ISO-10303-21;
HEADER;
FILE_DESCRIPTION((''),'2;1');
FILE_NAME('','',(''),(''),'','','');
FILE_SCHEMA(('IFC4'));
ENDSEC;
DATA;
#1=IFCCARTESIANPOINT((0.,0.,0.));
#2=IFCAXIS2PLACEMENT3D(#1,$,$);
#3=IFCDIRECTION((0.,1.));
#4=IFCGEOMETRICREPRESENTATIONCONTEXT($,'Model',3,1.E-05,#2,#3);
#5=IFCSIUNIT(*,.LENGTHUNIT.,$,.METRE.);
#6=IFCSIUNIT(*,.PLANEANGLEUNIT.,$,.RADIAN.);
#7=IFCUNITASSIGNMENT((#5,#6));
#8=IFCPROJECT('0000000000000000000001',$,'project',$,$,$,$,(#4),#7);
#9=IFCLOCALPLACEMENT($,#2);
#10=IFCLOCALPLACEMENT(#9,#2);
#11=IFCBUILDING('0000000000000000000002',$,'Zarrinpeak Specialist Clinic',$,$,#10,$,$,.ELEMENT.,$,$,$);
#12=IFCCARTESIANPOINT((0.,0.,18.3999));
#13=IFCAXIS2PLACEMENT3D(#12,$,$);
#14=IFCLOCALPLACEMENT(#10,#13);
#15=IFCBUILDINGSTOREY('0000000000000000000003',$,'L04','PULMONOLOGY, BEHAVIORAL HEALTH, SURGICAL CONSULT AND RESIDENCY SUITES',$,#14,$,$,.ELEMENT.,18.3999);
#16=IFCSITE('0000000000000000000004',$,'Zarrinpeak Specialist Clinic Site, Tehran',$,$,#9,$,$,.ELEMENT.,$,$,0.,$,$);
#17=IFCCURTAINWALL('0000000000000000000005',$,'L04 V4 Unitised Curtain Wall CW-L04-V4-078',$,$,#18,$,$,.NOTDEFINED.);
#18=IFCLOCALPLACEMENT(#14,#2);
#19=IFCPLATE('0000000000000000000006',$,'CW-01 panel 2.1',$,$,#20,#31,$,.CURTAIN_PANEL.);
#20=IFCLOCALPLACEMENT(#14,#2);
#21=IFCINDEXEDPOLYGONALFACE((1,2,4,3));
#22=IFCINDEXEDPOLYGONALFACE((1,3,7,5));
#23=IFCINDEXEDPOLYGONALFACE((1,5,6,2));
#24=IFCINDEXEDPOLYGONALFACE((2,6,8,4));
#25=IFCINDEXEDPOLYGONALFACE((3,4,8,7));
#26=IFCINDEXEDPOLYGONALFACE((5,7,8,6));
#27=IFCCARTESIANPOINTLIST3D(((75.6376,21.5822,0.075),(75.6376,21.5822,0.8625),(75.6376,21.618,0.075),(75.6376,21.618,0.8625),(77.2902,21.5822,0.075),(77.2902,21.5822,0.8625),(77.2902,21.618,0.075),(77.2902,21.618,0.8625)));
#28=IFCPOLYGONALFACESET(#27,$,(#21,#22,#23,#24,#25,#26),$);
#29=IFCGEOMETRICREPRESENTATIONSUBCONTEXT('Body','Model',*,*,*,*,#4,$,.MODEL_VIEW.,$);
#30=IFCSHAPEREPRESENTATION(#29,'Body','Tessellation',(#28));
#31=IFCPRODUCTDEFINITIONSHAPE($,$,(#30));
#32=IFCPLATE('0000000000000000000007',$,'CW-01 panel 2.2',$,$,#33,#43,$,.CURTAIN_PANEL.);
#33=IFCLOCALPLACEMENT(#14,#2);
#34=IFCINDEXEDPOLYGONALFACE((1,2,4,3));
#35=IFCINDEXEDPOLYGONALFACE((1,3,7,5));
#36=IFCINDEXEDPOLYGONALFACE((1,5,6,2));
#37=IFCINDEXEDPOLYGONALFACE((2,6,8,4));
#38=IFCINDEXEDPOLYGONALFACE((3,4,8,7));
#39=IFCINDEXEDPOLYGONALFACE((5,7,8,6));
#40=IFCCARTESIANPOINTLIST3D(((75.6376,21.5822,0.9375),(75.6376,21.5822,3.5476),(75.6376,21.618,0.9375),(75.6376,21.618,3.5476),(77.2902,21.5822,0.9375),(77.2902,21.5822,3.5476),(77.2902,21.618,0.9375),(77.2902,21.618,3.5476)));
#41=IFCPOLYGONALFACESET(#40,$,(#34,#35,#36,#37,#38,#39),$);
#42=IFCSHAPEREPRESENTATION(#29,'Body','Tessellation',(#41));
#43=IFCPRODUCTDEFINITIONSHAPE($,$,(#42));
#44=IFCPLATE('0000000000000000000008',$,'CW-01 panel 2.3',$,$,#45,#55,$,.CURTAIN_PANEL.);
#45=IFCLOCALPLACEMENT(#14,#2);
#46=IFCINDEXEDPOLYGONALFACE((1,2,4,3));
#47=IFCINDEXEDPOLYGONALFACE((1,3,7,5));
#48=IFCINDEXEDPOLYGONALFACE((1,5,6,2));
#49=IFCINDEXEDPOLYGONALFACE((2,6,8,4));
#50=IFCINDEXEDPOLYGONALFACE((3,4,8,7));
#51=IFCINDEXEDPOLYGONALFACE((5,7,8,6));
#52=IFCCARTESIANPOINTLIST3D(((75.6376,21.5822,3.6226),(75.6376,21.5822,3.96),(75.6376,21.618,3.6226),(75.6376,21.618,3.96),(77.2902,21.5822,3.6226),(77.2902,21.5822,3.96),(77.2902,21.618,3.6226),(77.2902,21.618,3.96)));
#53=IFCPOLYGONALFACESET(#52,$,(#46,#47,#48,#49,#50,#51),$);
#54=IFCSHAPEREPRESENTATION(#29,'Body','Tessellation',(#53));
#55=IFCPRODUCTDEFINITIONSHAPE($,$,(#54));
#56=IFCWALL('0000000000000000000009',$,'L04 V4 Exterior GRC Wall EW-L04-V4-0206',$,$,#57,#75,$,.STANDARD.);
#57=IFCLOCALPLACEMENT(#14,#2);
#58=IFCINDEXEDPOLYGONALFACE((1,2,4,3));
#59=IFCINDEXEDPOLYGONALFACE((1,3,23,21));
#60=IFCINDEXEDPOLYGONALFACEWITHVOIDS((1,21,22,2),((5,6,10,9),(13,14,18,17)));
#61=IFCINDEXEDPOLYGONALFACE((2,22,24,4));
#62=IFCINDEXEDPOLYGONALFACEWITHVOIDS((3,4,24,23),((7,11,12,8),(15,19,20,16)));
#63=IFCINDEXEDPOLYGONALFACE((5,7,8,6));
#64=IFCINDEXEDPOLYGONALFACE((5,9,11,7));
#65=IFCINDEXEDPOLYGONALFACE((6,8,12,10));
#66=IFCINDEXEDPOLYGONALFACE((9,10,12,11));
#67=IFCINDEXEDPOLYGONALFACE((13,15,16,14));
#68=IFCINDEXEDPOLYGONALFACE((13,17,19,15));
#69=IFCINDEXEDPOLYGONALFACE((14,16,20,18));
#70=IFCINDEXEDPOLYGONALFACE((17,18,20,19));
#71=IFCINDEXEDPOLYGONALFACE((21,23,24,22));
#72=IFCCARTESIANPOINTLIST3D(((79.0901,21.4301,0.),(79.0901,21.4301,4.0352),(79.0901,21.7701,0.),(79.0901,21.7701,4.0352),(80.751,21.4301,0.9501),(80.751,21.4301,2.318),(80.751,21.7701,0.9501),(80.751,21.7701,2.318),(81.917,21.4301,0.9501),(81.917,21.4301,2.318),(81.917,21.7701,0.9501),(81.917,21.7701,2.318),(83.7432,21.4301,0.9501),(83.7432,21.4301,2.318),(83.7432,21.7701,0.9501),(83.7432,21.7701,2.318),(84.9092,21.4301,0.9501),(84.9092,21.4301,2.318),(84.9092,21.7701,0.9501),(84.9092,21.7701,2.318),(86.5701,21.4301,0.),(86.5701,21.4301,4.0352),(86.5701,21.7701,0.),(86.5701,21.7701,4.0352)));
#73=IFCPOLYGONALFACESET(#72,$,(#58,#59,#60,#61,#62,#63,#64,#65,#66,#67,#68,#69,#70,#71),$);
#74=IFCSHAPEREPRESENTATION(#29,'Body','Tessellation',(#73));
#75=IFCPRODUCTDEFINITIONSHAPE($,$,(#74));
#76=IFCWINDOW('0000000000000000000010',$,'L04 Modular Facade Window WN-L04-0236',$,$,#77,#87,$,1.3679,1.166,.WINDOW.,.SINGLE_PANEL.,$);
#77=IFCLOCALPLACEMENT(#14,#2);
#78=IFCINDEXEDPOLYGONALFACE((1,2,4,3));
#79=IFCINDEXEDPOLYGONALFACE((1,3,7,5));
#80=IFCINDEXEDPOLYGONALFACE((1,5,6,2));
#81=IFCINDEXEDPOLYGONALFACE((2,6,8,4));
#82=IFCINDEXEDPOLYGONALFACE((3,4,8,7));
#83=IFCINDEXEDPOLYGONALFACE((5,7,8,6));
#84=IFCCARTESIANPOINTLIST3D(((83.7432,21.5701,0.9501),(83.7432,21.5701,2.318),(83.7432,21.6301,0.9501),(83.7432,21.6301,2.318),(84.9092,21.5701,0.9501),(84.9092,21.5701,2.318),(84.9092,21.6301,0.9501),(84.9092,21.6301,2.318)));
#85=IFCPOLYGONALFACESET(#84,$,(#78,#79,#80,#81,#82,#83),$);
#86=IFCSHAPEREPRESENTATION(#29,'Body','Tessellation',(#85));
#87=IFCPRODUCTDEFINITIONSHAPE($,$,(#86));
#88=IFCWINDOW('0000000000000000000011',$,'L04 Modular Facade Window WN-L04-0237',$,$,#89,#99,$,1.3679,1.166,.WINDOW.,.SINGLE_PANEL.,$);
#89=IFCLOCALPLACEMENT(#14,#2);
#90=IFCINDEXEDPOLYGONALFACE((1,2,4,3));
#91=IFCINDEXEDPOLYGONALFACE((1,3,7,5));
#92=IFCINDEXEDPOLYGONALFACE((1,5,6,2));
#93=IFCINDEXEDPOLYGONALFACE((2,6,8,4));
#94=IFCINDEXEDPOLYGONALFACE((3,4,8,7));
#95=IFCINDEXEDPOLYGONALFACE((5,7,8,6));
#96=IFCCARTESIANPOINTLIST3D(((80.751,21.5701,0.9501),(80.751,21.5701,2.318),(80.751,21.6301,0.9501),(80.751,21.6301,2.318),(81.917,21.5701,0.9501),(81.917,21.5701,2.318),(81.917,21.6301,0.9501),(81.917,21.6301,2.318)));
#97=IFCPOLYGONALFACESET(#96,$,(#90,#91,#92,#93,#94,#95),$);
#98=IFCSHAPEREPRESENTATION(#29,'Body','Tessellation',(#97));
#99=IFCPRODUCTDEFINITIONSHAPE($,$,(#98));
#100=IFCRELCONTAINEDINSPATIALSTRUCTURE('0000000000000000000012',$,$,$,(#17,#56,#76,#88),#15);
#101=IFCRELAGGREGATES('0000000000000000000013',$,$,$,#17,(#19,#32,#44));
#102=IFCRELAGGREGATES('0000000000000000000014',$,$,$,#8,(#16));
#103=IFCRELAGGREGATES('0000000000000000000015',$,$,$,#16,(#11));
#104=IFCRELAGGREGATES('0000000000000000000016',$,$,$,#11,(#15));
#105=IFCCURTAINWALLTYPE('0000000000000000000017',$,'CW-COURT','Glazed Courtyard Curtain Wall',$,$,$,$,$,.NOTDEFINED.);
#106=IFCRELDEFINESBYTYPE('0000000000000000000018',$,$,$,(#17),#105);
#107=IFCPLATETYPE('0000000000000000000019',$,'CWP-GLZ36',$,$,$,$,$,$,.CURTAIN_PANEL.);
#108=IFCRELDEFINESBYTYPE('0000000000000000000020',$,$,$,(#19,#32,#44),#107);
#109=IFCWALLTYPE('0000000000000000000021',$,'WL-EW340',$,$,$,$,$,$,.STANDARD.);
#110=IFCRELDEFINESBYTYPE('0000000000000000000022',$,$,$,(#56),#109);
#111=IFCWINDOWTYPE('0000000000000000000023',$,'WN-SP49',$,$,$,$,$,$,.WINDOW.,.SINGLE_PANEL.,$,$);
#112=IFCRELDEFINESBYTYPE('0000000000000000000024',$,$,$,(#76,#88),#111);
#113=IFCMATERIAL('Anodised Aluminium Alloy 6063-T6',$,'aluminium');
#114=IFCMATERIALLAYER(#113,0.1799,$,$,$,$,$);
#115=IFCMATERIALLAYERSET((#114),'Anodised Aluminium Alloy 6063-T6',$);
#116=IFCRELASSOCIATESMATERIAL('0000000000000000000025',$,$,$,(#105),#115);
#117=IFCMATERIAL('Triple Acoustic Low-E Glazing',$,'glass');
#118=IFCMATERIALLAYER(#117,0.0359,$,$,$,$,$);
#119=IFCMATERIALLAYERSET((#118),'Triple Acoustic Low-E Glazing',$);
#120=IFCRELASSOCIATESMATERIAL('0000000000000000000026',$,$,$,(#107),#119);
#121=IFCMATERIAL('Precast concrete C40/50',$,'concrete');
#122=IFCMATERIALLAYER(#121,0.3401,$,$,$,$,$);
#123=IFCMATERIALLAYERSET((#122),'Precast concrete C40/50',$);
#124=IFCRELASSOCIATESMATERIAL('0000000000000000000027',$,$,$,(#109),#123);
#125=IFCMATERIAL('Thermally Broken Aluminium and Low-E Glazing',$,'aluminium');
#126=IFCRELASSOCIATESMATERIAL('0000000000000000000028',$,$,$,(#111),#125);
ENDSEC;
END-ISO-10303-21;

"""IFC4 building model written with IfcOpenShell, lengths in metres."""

from ifc_helpers import new_model, si_unit, direction, frame, frame_2d, origin, origin_2d, place, context, subcontext, project, spatial, rectangle, extrude, material, layer, layer_set, type_object, element, fill, aggregate, save


model = new_model("IFC4")

# Units and contexts
model_context = context("Model", 3, precision=1e-05, world=origin(), true_north=direction((0.0, 1.0)))
body_context = subcontext(model_context, "Body", "Model", "MODEL_VIEW")
ifc_project = project(units=[si_unit("LENGTHUNIT", "METRE"), si_unit("PLANEANGLEUNIT", "RADIAN")], contexts=[model_context])

# Site, building, storey
site_placement = place(None, origin())
site = spatial("IfcSite", under=ifc_project, at=site_placement, Name="Zarrinpeak Specialist Clinic Site, Tehran", CompositionType="ELEMENT", RefElevation=0.0)
building_placement = place(site_placement, origin())
building = spatial("IfcBuilding", under=site, at=building_placement, Name="Zarrinpeak Specialist Clinic", CompositionType="ELEMENT")
storey_placement = place(building_placement, frame((0.0, 0.0, 18.3999)))
storey = spatial("IfcBuildingStorey", under=building, at=storey_placement, Name="L04", Description="PULMONOLOGY, BEHAVIORAL HEALTH, SURGICAL CONSULT AND RESIDENCY SUITES", CompositionType="ELEMENT", Elevation=18.3999)

# Curtain wall, plates
ifc_material_1 = material(Name="Anodised Aluminium Alloy 6063-T6", Category="aluminium")
ifc_layer_1 = layer(ifc_material_1, 0.1799)
ifc_layer_set_1 = layer_set([ifc_layer_1], Name="Anodised Aluminium Alloy 6063-T6")
curtain_wall_type = type_object("IfcCurtainWallType", Name="CW-COURT", Description="Glazed Courtyard Curtain Wall", PredefinedType="NOTDEFINED", material=ifc_layer_set_1)
curtain_wall_placement = place(storey_placement, origin())
curtain_wall = element("IfcCurtainWall", 1, at=curtain_wall_placement, inside=storey, type_object=curtain_wall_type, Name="L04 V4 Unitised Curtain Wall CW-L04-V4-078", PredefinedType="NOTDEFINED")
ifc_material_2 = material(Name="Triple Acoustic Low-E Glazing", Category="glass")
ifc_layer_2 = layer(ifc_material_2, 0.0359)
ifc_layer_set_2 = layer_set([ifc_layer_2], Name="Triple Acoustic Low-E Glazing")
plate_type = type_object("IfcPlateType", Name="CWP-GLZ36", PredefinedType="CURTAIN_PANEL", material=ifc_layer_set_2)
plate_1_placement = place(storey_placement, frame((76.4639, 21.6001, 0.075), z_axis=(0.0, 0.0, 1.0), x_axis=(-1.0, 0.0, 0.0)))
plate_1 = element("IfcPlate", 2, at=plate_1_placement, type_object=plate_type, Name="CW-01 panel 2.1", PredefinedType="CURTAIN_PANEL", context=body_context, shape_type="SweptSolid", body=[
    extrude(rectangle(XDim=1.6526, YDim=0.0359, at=origin_2d()), origin(), (0.0, 0.0, 1.0), 0.7876),
])
plate_2_placement = place(storey_placement, frame((76.4639, 21.6001, 0.9375), z_axis=(0.0, 0.0, 1.0), x_axis=(-1.0, 0.0, 0.0)))
plate_2 = element("IfcPlate", 3, at=plate_2_placement, type_object=plate_type, Name="CW-01 panel 2.2", PredefinedType="CURTAIN_PANEL", context=body_context, shape_type="SweptSolid", body=[
    extrude(rectangle(XDim=1.6526, YDim=0.0359, at=origin_2d()), origin(), (0.0, 0.0, 1.0), 2.6101),
])
plate_3_placement = place(storey_placement, frame((76.4639, 21.6001, 3.6226), z_axis=(0.0, 0.0, 1.0), x_axis=(-1.0, 0.0, 0.0)))
plate_3 = element("IfcPlate", 4, at=plate_3_placement, type_object=plate_type, Name="CW-01 panel 2.3", PredefinedType="CURTAIN_PANEL", context=body_context, shape_type="SweptSolid", body=[
    extrude(rectangle(XDim=1.6526, YDim=0.0359, at=origin_2d()), origin(), (0.0, 0.0, 1.0), 0.3374),
])
aggregate(curtain_wall, [plate_1, plate_2, plate_3])

# Wall, openings, windows
ifc_material_3 = material(Name="Precast concrete C40/50", Category="concrete")
ifc_layer_3 = layer(ifc_material_3, 0.3401)
ifc_layer_set_3 = layer_set([ifc_layer_3], Name="Precast concrete C40/50")
wall_type = type_object("IfcWallType", Name="WL-EW340", PredefinedType="STANDARD", material=ifc_layer_set_3)
wall_placement = place(storey_placement, frame((86.5701, 21.6001, 0.0), z_axis=(0.0, 0.0, 1.0), x_axis=(-1.0, 0.0, 0.0)))
wall = element("IfcWall", 5, at=wall_placement, inside=storey, type_object=wall_type, Name="L04 V4 Exterior GRC Wall EW-L04-V4-0206", PredefinedType="STANDARD", context=body_context, shape_type="SweptSolid", body=[
    extrude(rectangle(XDim=7.48, YDim=0.3401, at=frame_2d((3.74, 0.0))), origin(), (0.0, 0.0, 1.0), 4.0352),
])
opening_1_placement = place(wall_placement, frame((1.6609, 0.0, 0.95)))
opening_1 = element("IfcOpeningElement", 6, at=opening_1_placement, cuts=wall, PredefinedType="OPENING", context=body_context, shape_type="SweptSolid", body=[
    extrude(rectangle(XDim=1.166, YDim=1.3679, at=frame_2d((0.583, 0.6841))), frame((0.0, 0.1802, 0.0), z_axis=(0.0, -1.0, 0.0), x_axis=(1.0, 0.0, 0.0)), (0.0, 0.0, 1.0), 0.3601),
])
opening_2_placement = place(wall_placement, frame((4.6531, 0.0, 0.95)))
opening_2 = element("IfcOpeningElement", 7, at=opening_2_placement, cuts=wall, PredefinedType="OPENING", context=body_context, shape_type="SweptSolid", body=[
    extrude(rectangle(XDim=1.166, YDim=1.3679, at=frame_2d((0.583, 0.6841))), frame((0.0, 0.1802, 0.0), z_axis=(0.0, -1.0, 0.0), x_axis=(1.0, 0.0, 0.0)), (0.0, 0.0, 1.0), 0.3601),
])
ifc_material_4 = material(Name="Thermally Broken Aluminium and Low-E Glazing", Category="aluminium")
window_type = type_object("IfcWindowType", Name="WN-SP49", PartitioningType="SINGLE_PANEL", PredefinedType="WINDOW", material=ifc_material_4)
window_1_placement = place(opening_1_placement, origin())
window_1 = element("IfcWindow", 8, at=window_1_placement, inside=storey, type_object=window_type, Name="L04 Modular Facade Window WN-L04-0236", OverallHeight=1.3679, OverallWidth=1.166, PartitioningType="SINGLE_PANEL", PredefinedType="WINDOW", context=body_context, shape_type="SweptSolid", body=[
    extrude(rectangle(XDim=1.166, YDim=1.3679, at=frame_2d((0.583, 0.6841))), frame((0.0, 0.03, 0.0), z_axis=(0.0, -1.0, 0.0), x_axis=(1.0, 0.0, 0.0)), (0.0, 0.0, 1.0), 0.0601),
])
fill(opening_1, window_1)
window_2_placement = place(opening_2_placement, origin())
window_2 = element("IfcWindow", 9, at=window_2_placement, inside=storey, type_object=window_type, Name="L04 Modular Facade Window WN-L04-0237", OverallHeight=1.3679, OverallWidth=1.166, PartitioningType="SINGLE_PANEL", PredefinedType="WINDOW", context=body_context, shape_type="SweptSolid", body=[
    extrude(rectangle(XDim=1.166, YDim=1.3679, at=frame_2d((0.583, 0.6841))), frame((0.0, 0.03, 0.0), z_axis=(0.0, -1.0, 0.0), x_axis=(1.0, 0.0, 0.0)), (0.0, 0.0, 1.0), 0.0601),
])
fill(opening_2, window_2)

save(model, "model.ifc")
